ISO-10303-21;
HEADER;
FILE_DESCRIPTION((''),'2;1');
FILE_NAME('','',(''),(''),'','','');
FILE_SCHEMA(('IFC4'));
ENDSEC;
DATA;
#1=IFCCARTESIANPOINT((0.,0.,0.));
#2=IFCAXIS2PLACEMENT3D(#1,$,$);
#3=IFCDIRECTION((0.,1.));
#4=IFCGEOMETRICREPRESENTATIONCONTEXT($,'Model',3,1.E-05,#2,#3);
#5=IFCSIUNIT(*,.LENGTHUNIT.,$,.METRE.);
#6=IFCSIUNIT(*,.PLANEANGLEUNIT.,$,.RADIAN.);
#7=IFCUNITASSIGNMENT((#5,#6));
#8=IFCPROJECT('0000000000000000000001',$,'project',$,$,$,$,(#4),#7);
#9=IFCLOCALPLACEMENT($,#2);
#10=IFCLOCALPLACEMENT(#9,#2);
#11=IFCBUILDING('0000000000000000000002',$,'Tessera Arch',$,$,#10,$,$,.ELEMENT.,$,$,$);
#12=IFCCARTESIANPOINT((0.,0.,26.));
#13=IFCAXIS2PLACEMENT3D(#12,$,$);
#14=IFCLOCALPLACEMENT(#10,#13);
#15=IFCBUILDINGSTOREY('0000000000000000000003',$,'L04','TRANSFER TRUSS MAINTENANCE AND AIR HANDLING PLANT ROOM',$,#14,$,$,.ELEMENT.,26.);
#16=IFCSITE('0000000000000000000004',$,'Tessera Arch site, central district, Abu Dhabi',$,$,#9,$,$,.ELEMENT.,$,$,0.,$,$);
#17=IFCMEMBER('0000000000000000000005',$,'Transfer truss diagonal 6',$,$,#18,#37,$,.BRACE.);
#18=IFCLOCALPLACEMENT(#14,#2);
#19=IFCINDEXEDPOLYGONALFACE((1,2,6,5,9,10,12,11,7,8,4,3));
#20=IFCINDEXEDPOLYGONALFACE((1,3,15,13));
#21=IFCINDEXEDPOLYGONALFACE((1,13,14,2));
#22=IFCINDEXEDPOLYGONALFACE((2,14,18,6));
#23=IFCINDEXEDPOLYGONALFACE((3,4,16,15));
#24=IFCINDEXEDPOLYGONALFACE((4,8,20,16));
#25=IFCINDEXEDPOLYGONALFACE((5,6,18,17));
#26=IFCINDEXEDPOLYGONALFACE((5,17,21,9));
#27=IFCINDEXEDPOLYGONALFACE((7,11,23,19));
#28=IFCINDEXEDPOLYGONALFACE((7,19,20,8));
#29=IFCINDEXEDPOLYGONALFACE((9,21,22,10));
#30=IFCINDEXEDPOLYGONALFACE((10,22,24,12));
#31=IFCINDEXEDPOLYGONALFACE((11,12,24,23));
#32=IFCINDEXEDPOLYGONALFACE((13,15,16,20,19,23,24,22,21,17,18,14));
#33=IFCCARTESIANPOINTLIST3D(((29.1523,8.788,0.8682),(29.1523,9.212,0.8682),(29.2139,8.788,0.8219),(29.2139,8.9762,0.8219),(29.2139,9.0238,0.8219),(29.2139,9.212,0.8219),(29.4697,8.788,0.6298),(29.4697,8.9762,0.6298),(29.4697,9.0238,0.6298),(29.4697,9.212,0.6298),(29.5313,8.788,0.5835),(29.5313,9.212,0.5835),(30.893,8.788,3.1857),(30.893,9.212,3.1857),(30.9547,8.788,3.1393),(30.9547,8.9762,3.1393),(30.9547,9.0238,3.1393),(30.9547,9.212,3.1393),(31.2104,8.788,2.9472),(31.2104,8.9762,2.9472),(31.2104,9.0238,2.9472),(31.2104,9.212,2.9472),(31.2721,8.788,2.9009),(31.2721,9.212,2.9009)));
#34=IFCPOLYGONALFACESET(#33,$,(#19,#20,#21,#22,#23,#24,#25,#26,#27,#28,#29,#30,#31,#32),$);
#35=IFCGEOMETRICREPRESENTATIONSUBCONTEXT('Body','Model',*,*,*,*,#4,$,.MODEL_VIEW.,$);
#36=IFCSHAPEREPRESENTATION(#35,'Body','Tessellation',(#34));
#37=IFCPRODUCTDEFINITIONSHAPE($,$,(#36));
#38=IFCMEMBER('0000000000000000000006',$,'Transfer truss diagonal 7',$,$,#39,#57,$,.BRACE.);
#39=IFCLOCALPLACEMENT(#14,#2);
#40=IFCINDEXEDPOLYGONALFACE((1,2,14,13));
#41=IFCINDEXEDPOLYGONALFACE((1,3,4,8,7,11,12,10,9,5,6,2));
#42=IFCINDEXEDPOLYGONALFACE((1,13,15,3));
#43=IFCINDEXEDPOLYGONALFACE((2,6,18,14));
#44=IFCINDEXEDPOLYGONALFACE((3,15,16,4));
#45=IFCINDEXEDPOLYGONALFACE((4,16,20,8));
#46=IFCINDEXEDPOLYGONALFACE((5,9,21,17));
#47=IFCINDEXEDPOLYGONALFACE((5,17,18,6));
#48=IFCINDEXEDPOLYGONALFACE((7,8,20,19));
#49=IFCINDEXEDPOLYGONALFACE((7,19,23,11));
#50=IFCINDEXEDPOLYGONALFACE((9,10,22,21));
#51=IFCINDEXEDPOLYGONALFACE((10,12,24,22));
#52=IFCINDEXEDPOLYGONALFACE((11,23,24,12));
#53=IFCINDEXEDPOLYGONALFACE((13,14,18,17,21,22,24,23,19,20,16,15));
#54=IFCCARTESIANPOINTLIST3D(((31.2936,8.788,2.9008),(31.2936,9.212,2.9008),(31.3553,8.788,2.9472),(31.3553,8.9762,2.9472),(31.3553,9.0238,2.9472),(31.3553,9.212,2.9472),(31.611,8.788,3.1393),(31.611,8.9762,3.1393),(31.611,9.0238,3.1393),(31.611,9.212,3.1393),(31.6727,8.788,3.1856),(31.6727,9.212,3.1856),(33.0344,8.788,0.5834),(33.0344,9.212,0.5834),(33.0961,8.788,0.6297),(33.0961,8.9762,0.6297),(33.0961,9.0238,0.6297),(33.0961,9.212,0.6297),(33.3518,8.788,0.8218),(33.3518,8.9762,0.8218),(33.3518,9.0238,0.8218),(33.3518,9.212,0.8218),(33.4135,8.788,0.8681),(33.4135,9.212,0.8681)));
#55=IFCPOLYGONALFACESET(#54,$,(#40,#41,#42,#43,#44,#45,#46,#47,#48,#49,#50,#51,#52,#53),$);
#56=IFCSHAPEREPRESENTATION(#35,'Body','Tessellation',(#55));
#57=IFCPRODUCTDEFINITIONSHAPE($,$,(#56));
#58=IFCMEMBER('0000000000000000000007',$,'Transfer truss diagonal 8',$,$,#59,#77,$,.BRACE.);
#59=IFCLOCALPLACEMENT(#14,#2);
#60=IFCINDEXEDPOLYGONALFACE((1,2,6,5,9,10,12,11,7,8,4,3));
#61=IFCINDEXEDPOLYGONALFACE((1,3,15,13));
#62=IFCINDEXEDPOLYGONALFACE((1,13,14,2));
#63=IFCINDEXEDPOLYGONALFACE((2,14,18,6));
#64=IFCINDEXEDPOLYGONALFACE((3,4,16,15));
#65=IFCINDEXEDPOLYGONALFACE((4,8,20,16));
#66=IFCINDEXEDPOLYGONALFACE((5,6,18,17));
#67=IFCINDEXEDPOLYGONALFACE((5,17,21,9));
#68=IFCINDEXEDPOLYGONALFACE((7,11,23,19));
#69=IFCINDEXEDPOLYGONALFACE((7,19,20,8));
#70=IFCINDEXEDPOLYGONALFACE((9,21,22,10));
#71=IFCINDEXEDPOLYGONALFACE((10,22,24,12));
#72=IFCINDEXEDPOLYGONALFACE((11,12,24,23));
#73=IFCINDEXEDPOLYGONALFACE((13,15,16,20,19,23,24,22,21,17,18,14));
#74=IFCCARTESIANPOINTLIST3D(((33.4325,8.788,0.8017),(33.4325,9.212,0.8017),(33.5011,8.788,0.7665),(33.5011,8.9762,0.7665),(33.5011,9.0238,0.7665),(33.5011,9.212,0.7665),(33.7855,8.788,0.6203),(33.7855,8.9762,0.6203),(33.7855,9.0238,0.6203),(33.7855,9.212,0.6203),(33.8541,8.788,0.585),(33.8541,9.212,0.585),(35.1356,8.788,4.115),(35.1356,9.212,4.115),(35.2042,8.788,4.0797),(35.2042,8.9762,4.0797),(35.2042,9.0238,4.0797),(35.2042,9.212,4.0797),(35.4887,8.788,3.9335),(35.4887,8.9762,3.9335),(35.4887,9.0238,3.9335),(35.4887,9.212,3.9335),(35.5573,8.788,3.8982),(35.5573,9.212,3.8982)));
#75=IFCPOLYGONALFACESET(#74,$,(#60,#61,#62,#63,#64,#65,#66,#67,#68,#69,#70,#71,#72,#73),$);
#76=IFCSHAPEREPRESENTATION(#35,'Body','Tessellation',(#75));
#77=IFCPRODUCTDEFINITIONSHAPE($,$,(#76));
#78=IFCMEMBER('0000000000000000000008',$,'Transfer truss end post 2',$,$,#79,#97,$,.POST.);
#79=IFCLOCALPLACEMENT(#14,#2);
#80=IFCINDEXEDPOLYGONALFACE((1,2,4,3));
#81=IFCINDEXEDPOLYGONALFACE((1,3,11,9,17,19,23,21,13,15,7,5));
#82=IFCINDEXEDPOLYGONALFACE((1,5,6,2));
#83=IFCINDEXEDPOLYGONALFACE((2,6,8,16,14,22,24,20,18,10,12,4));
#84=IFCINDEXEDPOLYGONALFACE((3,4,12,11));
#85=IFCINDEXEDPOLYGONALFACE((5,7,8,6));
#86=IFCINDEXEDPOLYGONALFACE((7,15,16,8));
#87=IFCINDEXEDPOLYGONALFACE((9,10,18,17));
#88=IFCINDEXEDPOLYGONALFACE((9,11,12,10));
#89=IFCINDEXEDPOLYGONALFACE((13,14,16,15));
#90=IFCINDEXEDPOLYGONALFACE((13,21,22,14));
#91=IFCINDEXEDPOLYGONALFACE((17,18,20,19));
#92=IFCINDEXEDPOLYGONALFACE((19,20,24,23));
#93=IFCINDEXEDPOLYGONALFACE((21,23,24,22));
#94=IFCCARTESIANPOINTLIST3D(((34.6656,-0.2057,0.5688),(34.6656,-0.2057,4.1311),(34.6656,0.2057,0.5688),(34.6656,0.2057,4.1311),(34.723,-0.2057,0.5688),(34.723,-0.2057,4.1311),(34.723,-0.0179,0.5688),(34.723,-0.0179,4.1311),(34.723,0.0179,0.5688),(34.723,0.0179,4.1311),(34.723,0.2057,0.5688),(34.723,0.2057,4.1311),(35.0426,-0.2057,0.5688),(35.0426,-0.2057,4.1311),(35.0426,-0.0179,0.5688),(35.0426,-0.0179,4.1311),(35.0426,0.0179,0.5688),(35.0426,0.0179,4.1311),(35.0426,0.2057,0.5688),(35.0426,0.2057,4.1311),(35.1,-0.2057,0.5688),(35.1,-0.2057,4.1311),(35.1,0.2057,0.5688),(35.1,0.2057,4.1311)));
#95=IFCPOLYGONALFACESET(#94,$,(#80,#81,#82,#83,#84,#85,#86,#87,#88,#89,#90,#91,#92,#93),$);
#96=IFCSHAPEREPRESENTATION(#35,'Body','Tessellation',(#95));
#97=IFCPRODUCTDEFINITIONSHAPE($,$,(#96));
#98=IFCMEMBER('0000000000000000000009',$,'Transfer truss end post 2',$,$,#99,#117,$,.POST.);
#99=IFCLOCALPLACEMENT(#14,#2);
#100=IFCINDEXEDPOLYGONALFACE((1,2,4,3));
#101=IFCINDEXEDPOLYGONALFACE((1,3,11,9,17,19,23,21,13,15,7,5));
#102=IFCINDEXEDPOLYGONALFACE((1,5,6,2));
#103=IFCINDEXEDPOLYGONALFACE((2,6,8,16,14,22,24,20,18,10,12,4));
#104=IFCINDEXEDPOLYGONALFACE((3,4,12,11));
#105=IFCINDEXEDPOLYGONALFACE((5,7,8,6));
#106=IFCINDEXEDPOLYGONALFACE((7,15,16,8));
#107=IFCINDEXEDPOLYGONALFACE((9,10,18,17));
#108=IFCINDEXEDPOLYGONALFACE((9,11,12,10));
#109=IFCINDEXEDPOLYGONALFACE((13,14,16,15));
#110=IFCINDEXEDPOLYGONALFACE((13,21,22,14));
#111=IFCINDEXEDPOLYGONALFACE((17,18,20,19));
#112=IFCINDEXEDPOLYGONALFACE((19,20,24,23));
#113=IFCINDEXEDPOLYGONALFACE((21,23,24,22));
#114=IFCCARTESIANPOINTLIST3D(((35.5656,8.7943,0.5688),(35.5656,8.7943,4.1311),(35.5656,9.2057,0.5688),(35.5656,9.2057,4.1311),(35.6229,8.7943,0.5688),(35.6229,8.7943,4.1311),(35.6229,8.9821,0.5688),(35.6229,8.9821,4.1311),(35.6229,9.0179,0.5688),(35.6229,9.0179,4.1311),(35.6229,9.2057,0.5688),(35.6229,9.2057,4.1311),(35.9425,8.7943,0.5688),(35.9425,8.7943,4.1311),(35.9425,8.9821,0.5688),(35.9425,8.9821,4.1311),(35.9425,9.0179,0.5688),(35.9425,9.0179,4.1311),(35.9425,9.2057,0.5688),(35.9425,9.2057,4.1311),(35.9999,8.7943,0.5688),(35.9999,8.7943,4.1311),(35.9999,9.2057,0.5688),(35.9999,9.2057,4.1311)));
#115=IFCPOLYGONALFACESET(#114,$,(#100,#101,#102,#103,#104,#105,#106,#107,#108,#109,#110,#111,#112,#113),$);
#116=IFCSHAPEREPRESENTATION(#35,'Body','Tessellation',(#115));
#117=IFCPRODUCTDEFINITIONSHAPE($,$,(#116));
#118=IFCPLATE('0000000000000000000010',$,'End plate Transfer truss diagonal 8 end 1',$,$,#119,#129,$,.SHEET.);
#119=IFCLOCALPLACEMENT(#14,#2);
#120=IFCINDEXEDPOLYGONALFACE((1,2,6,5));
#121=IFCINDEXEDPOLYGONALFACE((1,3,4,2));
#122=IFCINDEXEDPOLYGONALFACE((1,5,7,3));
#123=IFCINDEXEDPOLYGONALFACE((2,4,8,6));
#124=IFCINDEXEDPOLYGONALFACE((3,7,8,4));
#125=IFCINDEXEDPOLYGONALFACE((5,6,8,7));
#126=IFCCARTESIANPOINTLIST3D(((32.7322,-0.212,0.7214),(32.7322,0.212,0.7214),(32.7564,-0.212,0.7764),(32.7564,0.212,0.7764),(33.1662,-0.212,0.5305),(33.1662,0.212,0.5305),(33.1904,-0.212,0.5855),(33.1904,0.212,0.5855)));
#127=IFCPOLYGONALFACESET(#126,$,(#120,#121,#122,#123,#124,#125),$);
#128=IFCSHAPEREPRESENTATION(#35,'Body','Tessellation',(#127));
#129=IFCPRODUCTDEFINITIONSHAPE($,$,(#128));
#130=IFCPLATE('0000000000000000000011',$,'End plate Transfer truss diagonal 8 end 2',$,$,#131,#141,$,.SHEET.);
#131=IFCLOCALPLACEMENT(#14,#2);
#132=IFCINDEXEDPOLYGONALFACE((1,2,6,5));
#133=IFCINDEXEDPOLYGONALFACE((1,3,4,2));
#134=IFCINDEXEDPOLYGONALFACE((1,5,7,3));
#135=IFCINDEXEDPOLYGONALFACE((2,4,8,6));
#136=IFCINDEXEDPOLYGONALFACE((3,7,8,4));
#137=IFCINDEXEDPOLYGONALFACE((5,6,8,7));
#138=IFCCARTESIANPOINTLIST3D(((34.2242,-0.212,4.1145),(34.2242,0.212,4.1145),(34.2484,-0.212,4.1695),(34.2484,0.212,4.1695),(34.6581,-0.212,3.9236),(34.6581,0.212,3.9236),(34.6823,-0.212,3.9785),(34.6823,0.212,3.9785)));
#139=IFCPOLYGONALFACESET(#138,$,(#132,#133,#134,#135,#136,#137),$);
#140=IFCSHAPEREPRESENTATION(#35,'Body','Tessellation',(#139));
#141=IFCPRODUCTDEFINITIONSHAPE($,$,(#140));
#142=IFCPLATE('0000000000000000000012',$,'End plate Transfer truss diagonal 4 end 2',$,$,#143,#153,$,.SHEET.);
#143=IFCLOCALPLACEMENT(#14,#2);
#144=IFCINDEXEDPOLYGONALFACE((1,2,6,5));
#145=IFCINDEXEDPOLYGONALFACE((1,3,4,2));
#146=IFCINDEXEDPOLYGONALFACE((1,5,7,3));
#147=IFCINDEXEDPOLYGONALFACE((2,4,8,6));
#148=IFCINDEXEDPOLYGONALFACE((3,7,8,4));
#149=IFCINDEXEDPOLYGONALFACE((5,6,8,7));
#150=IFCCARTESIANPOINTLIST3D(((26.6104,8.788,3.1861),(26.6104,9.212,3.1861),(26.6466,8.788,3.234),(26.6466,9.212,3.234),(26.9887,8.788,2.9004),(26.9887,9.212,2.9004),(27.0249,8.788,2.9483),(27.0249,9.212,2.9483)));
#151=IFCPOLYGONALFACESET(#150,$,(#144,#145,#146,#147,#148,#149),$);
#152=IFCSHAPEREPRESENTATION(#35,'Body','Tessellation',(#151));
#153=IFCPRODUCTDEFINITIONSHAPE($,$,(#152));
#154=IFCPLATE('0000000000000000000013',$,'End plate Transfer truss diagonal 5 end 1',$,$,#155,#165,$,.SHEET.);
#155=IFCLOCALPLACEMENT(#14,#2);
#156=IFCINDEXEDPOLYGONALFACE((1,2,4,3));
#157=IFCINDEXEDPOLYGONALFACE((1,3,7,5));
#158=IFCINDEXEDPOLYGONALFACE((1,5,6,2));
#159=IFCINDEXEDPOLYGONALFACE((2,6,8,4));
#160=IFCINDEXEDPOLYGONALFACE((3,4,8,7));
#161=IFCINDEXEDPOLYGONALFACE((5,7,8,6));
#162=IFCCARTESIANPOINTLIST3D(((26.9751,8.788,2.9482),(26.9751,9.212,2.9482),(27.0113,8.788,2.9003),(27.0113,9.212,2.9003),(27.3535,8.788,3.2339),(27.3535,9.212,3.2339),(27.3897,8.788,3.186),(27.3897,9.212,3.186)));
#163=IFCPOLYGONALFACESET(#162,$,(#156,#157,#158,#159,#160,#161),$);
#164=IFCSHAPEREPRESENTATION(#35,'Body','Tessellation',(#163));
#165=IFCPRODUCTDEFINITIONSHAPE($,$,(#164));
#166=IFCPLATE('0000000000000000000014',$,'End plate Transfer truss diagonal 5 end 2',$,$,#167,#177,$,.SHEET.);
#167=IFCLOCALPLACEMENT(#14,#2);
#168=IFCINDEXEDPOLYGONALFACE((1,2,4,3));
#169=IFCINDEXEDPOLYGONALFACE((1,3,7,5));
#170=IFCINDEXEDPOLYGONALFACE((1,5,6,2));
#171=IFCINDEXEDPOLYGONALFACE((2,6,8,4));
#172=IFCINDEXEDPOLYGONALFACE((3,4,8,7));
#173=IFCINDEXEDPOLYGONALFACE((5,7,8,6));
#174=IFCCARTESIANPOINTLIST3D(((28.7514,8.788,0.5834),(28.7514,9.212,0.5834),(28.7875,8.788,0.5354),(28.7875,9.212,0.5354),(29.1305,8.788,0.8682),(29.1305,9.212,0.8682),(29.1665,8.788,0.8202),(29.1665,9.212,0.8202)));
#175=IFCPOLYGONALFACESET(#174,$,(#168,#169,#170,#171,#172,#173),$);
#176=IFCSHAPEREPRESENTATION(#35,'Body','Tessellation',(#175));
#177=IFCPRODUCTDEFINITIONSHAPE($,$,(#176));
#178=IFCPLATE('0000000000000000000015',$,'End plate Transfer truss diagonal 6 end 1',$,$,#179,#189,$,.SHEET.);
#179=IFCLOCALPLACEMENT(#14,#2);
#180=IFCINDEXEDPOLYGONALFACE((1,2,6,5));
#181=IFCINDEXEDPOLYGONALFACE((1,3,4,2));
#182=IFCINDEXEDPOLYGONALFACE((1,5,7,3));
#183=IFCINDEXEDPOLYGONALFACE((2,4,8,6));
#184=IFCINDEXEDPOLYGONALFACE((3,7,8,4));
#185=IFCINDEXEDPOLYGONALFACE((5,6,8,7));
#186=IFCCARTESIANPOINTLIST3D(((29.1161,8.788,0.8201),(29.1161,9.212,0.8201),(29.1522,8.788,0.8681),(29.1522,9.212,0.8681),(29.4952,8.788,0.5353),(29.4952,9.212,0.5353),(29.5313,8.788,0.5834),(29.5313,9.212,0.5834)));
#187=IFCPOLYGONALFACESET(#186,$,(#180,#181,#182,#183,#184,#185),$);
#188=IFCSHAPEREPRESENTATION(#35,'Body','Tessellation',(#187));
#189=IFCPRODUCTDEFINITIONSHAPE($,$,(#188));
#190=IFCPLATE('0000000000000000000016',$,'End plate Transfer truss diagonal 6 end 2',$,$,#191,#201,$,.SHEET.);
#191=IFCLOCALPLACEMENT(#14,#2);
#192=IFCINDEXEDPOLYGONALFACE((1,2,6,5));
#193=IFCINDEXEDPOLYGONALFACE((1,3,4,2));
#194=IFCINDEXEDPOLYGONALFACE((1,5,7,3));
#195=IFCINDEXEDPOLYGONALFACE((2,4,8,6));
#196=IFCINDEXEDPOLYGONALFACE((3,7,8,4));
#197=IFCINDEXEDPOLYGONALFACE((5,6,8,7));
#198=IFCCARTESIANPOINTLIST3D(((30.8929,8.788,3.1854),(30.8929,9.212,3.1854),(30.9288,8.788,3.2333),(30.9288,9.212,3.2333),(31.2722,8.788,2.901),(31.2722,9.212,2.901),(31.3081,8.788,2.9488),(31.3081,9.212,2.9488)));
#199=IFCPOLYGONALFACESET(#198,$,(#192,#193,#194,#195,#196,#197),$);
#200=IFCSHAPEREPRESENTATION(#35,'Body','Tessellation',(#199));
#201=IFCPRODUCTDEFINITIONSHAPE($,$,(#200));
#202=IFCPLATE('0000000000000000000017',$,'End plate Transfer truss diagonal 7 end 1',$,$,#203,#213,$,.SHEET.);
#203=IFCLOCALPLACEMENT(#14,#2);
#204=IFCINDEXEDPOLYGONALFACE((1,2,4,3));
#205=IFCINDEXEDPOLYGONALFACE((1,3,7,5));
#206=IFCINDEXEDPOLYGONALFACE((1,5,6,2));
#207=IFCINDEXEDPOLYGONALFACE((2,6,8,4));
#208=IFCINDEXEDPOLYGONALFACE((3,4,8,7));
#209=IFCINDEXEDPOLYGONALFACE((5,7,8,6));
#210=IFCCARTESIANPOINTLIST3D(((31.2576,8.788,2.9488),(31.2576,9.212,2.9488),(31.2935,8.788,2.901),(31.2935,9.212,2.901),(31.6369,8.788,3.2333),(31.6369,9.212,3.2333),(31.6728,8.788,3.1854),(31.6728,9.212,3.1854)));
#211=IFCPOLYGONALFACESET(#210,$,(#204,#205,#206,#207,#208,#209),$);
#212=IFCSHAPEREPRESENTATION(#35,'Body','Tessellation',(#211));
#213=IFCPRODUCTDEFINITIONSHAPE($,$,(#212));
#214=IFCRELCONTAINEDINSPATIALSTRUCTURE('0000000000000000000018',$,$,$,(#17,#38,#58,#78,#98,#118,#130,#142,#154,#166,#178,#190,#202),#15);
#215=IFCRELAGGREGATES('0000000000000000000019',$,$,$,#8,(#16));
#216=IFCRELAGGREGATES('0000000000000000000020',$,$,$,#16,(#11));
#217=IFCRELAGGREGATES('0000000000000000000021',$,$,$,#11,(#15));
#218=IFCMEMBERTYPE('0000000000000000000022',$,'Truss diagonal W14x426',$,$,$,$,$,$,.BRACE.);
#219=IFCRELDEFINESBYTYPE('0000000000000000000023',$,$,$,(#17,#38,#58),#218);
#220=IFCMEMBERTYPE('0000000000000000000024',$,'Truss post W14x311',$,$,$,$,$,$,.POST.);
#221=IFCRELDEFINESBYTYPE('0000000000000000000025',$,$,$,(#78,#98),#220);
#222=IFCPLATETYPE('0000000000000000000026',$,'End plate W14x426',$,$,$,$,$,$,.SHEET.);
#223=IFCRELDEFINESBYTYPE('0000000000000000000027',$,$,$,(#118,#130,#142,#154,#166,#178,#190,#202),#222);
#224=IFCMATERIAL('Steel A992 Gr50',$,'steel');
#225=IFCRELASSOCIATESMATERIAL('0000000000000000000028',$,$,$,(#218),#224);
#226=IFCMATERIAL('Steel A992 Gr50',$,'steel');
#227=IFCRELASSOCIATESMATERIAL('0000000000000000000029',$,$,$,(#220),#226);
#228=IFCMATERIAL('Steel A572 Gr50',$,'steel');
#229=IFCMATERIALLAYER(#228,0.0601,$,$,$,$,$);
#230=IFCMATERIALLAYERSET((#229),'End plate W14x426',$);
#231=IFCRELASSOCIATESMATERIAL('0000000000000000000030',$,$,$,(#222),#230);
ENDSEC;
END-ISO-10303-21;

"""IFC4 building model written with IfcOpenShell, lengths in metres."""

from ifc_helpers import new_model, si_unit, direction, frame, origin, origin_2d, place, context, subcontext, project, spatial, rectangle, i_section, extrude, material, layer, layer_set, material_profile, profile_set, type_object, element, save


model = new_model("IFC4")

# Units and contexts
model_context = context("Model", 3, precision=1e-05, world=origin(), true_north=direction((0.0, 1.0)))
body_context = subcontext(model_context, "Body", "Model", "MODEL_VIEW")
ifc_project = project(units=[si_unit("LENGTHUNIT", "METRE"), si_unit("PLANEANGLEUNIT", "RADIAN")], contexts=[model_context])

# Site, building, storey
site_placement = place(None, origin())
site = spatial("IfcSite", under=ifc_project, at=site_placement, Name="Tessera Arch site, central district, Abu Dhabi", CompositionType="ELEMENT", RefElevation=0.0)
building_placement = place(site_placement, origin())
building = spatial("IfcBuilding", under=site, at=building_placement, Name="Tessera Arch", CompositionType="ELEMENT")
storey_placement = place(building_placement, frame((0.0, 0.0, 26.0)))
storey = spatial("IfcBuildingStorey", under=building, at=storey_placement, Name="L04", Description="TRANSFER TRUSS MAINTENANCE AND AIR HANDLING PLANT ROOM", CompositionType="ELEMENT", Elevation=26.0)

# Members
ifc_material_1 = material(Name="Steel A992 Gr50", Category="steel")
ifc_material_profile_1 = material_profile(ifc_material_1, i_section(OverallWidth=0.4241, OverallDepth=0.4741, WebThickness=0.0476, FlangeThickness=0.0771, at=origin_2d()), Name="W14x426")
ifc_profile_set_1 = profile_set([ifc_material_profile_1], Name="Steel A992 Gr50")
member_type_1 = type_object("IfcMemberType", Name="Truss diagonal W14x426", PredefinedType="BRACE", material=ifc_profile_set_1)
for number, where, z_axis, x_axis, name in (
    (1, (29.3418, 9.0, 0.7258), (0.600593, 0.0, 0.799555), (0.0, 1.0, 0.0), "Transfer truss diagonal 6"),
    (2, (31.4832, 9.0, 3.0432), (0.600593, 0.0, -0.799555), (0.0, 1.0, 0.0), "Transfer truss diagonal 7"),
):
    element("IfcMember", number, at=place(storey_placement, frame(where, z_axis=z_axis, x_axis=x_axis)), inside=storey, type_object=member_type_1, Name=name, PredefinedType="BRACE", context=body_context, shape_type="SweptSolid", body=[
        extrude(i_section(OverallWidth=0.4241, OverallDepth=0.4741, WebThickness=0.0476, FlangeThickness=0.0771, at=origin_2d()), origin(), (0.0, 0.0, 1.0), 2.8984),
    ])
member_1_placement = place(storey_placement, frame((33.6433, 9.0, 0.6934), z_axis=(0.457173, 0.0, 0.889378), x_axis=(0.0, 1.0, 0.0)))
element("IfcMember", 3, at=member_1_placement, inside=storey, type_object=member_type_1, Name="Transfer truss diagonal 8", PredefinedType="BRACE", context=body_context, shape_type="SweptSolid", body=[
    extrude(i_section(OverallWidth=0.4241, OverallDepth=0.4741, WebThickness=0.0476, FlangeThickness=0.0771, at=origin_2d()), origin(), (0.0, 0.0, 1.0), 3.7253),
])
ifc_material_2 = material(Name="Steel A992 Gr50", Category="steel")
ifc_material_profile_2 = material_profile(ifc_material_2, i_section(OverallWidth=0.4114, OverallDepth=0.4343, WebThickness=0.0359, FlangeThickness=0.0574, at=origin_2d()), Name="W14x311")
ifc_profile_set_2 = profile_set([ifc_material_profile_2], Name="Steel A992 Gr50")
member_type_2 = type_object("IfcMemberType", Name="Truss post W14x311", PredefinedType="POST", material=ifc_profile_set_2)
for number, where, z_axis, x_axis, name in (
    (4, (34.8828, 0.0, 0.5688), (0.0, 0.0, 1.0), (0.0, 1.0, 0.0), "Transfer truss end post 2"),
    (5, (35.7827, 9.0, 0.5688), (0.0, 0.0, 1.0), (0.0, 1.0, 0.0), "Transfer truss end post 2"),
):
    element("IfcMember", number, at=place(storey_placement, frame(where, z_axis=z_axis, x_axis=x_axis)), inside=storey, type_object=member_type_2, Name=name, PredefinedType="POST", context=body_context, shape_type="SweptSolid", body=[
        extrude(i_section(OverallWidth=0.4114, OverallDepth=0.4343, WebThickness=0.0359, FlangeThickness=0.0574, at=origin_2d()), origin(), (0.0, 0.0, 1.0), 3.5623),
    ])

# Plates
ifc_material_3 = material(Name="Steel A572 Gr50", Category="steel")
ifc_layer_1 = layer(ifc_material_3, 0.0601)
ifc_layer_set_1 = layer_set([ifc_layer_1], Name="End plate W14x426")
plate_type = type_object("IfcPlateType", Name="End plate W14x426", PredefinedType="SHEET", material=ifc_layer_set_1)
for number, where, z_axis, x_axis, name in (
    (6, (32.9492, 0.0, 0.626), (0.402739, 0.0, 0.915315), (0.0, 1.0, 0.0), "End plate Transfer truss diagonal 8 end 1"),
    (7, (34.4412, 0.0, 4.019), (0.402739, 0.0, 0.915315), (0.0, 1.0, 0.0), "End plate Transfer truss diagonal 8 end 2"),
    (8, (26.7996, 9.0, 3.0432), (0.602603, 0.0, 0.798041), (0.0, 1.0, 0.0), "End plate Transfer truss diagonal 4 end 2"),
    (9, (27.1643, 9.0, 3.0911), (0.602603, 0.0, -0.798041), (0.0, 1.0, 0.0), "End plate Transfer truss diagonal 5 end 1"),
    (10, (28.9409, 9.0, 0.7258), (0.600649, 0.0, -0.799513), (0.0, 1.0, 0.0), "End plate Transfer truss diagonal 5 end 2"),
    (11, (29.3057, 9.0, 0.6777), (0.600649, 0.0, 0.799513), (0.0, 1.0, 0.0), "End plate Transfer truss diagonal 6 end 1"),
):
    element("IfcPlate", number, at=place(storey_placement, frame(where, z_axis=z_axis, x_axis=x_axis)), inside=storey, type_object=plate_type, Name=name, PredefinedType="SHEET", context=body_context, shape_type="SweptSolid", body=[
        extrude(rectangle(XDim=0.4241, YDim=0.4741, at=origin_2d()), origin(), (0.0, 0.0, 1.0), 0.0601),
    ])
for number, where, z_axis, x_axis, name in (
    (12, (31.0825, 9.0, 3.0432), (0.6, 0.0, 0.8), (0.0, 1.0, 0.0), "End plate Transfer truss diagonal 6 end 2"),
    (13, (31.4473, 9.0, 3.0911), (0.6, 0.0, -0.8), (0.0, 1.0, 0.0), "End plate Transfer truss diagonal 7 end 1"),
):
    element("IfcPlate", number, at=place(storey_placement, frame(where, z_axis=z_axis, x_axis=x_axis)), inside=storey, type_object=plate_type, Name=name, PredefinedType="SHEET", context=body_context, shape_type="SweptSolid", body=[
        extrude(rectangle(XDim=0.4241, YDim=0.4741, at=origin_2d()), origin(), (0.0, 0.0, 1.0), 0.0598),
    ])

save(model, "model.ifc")
